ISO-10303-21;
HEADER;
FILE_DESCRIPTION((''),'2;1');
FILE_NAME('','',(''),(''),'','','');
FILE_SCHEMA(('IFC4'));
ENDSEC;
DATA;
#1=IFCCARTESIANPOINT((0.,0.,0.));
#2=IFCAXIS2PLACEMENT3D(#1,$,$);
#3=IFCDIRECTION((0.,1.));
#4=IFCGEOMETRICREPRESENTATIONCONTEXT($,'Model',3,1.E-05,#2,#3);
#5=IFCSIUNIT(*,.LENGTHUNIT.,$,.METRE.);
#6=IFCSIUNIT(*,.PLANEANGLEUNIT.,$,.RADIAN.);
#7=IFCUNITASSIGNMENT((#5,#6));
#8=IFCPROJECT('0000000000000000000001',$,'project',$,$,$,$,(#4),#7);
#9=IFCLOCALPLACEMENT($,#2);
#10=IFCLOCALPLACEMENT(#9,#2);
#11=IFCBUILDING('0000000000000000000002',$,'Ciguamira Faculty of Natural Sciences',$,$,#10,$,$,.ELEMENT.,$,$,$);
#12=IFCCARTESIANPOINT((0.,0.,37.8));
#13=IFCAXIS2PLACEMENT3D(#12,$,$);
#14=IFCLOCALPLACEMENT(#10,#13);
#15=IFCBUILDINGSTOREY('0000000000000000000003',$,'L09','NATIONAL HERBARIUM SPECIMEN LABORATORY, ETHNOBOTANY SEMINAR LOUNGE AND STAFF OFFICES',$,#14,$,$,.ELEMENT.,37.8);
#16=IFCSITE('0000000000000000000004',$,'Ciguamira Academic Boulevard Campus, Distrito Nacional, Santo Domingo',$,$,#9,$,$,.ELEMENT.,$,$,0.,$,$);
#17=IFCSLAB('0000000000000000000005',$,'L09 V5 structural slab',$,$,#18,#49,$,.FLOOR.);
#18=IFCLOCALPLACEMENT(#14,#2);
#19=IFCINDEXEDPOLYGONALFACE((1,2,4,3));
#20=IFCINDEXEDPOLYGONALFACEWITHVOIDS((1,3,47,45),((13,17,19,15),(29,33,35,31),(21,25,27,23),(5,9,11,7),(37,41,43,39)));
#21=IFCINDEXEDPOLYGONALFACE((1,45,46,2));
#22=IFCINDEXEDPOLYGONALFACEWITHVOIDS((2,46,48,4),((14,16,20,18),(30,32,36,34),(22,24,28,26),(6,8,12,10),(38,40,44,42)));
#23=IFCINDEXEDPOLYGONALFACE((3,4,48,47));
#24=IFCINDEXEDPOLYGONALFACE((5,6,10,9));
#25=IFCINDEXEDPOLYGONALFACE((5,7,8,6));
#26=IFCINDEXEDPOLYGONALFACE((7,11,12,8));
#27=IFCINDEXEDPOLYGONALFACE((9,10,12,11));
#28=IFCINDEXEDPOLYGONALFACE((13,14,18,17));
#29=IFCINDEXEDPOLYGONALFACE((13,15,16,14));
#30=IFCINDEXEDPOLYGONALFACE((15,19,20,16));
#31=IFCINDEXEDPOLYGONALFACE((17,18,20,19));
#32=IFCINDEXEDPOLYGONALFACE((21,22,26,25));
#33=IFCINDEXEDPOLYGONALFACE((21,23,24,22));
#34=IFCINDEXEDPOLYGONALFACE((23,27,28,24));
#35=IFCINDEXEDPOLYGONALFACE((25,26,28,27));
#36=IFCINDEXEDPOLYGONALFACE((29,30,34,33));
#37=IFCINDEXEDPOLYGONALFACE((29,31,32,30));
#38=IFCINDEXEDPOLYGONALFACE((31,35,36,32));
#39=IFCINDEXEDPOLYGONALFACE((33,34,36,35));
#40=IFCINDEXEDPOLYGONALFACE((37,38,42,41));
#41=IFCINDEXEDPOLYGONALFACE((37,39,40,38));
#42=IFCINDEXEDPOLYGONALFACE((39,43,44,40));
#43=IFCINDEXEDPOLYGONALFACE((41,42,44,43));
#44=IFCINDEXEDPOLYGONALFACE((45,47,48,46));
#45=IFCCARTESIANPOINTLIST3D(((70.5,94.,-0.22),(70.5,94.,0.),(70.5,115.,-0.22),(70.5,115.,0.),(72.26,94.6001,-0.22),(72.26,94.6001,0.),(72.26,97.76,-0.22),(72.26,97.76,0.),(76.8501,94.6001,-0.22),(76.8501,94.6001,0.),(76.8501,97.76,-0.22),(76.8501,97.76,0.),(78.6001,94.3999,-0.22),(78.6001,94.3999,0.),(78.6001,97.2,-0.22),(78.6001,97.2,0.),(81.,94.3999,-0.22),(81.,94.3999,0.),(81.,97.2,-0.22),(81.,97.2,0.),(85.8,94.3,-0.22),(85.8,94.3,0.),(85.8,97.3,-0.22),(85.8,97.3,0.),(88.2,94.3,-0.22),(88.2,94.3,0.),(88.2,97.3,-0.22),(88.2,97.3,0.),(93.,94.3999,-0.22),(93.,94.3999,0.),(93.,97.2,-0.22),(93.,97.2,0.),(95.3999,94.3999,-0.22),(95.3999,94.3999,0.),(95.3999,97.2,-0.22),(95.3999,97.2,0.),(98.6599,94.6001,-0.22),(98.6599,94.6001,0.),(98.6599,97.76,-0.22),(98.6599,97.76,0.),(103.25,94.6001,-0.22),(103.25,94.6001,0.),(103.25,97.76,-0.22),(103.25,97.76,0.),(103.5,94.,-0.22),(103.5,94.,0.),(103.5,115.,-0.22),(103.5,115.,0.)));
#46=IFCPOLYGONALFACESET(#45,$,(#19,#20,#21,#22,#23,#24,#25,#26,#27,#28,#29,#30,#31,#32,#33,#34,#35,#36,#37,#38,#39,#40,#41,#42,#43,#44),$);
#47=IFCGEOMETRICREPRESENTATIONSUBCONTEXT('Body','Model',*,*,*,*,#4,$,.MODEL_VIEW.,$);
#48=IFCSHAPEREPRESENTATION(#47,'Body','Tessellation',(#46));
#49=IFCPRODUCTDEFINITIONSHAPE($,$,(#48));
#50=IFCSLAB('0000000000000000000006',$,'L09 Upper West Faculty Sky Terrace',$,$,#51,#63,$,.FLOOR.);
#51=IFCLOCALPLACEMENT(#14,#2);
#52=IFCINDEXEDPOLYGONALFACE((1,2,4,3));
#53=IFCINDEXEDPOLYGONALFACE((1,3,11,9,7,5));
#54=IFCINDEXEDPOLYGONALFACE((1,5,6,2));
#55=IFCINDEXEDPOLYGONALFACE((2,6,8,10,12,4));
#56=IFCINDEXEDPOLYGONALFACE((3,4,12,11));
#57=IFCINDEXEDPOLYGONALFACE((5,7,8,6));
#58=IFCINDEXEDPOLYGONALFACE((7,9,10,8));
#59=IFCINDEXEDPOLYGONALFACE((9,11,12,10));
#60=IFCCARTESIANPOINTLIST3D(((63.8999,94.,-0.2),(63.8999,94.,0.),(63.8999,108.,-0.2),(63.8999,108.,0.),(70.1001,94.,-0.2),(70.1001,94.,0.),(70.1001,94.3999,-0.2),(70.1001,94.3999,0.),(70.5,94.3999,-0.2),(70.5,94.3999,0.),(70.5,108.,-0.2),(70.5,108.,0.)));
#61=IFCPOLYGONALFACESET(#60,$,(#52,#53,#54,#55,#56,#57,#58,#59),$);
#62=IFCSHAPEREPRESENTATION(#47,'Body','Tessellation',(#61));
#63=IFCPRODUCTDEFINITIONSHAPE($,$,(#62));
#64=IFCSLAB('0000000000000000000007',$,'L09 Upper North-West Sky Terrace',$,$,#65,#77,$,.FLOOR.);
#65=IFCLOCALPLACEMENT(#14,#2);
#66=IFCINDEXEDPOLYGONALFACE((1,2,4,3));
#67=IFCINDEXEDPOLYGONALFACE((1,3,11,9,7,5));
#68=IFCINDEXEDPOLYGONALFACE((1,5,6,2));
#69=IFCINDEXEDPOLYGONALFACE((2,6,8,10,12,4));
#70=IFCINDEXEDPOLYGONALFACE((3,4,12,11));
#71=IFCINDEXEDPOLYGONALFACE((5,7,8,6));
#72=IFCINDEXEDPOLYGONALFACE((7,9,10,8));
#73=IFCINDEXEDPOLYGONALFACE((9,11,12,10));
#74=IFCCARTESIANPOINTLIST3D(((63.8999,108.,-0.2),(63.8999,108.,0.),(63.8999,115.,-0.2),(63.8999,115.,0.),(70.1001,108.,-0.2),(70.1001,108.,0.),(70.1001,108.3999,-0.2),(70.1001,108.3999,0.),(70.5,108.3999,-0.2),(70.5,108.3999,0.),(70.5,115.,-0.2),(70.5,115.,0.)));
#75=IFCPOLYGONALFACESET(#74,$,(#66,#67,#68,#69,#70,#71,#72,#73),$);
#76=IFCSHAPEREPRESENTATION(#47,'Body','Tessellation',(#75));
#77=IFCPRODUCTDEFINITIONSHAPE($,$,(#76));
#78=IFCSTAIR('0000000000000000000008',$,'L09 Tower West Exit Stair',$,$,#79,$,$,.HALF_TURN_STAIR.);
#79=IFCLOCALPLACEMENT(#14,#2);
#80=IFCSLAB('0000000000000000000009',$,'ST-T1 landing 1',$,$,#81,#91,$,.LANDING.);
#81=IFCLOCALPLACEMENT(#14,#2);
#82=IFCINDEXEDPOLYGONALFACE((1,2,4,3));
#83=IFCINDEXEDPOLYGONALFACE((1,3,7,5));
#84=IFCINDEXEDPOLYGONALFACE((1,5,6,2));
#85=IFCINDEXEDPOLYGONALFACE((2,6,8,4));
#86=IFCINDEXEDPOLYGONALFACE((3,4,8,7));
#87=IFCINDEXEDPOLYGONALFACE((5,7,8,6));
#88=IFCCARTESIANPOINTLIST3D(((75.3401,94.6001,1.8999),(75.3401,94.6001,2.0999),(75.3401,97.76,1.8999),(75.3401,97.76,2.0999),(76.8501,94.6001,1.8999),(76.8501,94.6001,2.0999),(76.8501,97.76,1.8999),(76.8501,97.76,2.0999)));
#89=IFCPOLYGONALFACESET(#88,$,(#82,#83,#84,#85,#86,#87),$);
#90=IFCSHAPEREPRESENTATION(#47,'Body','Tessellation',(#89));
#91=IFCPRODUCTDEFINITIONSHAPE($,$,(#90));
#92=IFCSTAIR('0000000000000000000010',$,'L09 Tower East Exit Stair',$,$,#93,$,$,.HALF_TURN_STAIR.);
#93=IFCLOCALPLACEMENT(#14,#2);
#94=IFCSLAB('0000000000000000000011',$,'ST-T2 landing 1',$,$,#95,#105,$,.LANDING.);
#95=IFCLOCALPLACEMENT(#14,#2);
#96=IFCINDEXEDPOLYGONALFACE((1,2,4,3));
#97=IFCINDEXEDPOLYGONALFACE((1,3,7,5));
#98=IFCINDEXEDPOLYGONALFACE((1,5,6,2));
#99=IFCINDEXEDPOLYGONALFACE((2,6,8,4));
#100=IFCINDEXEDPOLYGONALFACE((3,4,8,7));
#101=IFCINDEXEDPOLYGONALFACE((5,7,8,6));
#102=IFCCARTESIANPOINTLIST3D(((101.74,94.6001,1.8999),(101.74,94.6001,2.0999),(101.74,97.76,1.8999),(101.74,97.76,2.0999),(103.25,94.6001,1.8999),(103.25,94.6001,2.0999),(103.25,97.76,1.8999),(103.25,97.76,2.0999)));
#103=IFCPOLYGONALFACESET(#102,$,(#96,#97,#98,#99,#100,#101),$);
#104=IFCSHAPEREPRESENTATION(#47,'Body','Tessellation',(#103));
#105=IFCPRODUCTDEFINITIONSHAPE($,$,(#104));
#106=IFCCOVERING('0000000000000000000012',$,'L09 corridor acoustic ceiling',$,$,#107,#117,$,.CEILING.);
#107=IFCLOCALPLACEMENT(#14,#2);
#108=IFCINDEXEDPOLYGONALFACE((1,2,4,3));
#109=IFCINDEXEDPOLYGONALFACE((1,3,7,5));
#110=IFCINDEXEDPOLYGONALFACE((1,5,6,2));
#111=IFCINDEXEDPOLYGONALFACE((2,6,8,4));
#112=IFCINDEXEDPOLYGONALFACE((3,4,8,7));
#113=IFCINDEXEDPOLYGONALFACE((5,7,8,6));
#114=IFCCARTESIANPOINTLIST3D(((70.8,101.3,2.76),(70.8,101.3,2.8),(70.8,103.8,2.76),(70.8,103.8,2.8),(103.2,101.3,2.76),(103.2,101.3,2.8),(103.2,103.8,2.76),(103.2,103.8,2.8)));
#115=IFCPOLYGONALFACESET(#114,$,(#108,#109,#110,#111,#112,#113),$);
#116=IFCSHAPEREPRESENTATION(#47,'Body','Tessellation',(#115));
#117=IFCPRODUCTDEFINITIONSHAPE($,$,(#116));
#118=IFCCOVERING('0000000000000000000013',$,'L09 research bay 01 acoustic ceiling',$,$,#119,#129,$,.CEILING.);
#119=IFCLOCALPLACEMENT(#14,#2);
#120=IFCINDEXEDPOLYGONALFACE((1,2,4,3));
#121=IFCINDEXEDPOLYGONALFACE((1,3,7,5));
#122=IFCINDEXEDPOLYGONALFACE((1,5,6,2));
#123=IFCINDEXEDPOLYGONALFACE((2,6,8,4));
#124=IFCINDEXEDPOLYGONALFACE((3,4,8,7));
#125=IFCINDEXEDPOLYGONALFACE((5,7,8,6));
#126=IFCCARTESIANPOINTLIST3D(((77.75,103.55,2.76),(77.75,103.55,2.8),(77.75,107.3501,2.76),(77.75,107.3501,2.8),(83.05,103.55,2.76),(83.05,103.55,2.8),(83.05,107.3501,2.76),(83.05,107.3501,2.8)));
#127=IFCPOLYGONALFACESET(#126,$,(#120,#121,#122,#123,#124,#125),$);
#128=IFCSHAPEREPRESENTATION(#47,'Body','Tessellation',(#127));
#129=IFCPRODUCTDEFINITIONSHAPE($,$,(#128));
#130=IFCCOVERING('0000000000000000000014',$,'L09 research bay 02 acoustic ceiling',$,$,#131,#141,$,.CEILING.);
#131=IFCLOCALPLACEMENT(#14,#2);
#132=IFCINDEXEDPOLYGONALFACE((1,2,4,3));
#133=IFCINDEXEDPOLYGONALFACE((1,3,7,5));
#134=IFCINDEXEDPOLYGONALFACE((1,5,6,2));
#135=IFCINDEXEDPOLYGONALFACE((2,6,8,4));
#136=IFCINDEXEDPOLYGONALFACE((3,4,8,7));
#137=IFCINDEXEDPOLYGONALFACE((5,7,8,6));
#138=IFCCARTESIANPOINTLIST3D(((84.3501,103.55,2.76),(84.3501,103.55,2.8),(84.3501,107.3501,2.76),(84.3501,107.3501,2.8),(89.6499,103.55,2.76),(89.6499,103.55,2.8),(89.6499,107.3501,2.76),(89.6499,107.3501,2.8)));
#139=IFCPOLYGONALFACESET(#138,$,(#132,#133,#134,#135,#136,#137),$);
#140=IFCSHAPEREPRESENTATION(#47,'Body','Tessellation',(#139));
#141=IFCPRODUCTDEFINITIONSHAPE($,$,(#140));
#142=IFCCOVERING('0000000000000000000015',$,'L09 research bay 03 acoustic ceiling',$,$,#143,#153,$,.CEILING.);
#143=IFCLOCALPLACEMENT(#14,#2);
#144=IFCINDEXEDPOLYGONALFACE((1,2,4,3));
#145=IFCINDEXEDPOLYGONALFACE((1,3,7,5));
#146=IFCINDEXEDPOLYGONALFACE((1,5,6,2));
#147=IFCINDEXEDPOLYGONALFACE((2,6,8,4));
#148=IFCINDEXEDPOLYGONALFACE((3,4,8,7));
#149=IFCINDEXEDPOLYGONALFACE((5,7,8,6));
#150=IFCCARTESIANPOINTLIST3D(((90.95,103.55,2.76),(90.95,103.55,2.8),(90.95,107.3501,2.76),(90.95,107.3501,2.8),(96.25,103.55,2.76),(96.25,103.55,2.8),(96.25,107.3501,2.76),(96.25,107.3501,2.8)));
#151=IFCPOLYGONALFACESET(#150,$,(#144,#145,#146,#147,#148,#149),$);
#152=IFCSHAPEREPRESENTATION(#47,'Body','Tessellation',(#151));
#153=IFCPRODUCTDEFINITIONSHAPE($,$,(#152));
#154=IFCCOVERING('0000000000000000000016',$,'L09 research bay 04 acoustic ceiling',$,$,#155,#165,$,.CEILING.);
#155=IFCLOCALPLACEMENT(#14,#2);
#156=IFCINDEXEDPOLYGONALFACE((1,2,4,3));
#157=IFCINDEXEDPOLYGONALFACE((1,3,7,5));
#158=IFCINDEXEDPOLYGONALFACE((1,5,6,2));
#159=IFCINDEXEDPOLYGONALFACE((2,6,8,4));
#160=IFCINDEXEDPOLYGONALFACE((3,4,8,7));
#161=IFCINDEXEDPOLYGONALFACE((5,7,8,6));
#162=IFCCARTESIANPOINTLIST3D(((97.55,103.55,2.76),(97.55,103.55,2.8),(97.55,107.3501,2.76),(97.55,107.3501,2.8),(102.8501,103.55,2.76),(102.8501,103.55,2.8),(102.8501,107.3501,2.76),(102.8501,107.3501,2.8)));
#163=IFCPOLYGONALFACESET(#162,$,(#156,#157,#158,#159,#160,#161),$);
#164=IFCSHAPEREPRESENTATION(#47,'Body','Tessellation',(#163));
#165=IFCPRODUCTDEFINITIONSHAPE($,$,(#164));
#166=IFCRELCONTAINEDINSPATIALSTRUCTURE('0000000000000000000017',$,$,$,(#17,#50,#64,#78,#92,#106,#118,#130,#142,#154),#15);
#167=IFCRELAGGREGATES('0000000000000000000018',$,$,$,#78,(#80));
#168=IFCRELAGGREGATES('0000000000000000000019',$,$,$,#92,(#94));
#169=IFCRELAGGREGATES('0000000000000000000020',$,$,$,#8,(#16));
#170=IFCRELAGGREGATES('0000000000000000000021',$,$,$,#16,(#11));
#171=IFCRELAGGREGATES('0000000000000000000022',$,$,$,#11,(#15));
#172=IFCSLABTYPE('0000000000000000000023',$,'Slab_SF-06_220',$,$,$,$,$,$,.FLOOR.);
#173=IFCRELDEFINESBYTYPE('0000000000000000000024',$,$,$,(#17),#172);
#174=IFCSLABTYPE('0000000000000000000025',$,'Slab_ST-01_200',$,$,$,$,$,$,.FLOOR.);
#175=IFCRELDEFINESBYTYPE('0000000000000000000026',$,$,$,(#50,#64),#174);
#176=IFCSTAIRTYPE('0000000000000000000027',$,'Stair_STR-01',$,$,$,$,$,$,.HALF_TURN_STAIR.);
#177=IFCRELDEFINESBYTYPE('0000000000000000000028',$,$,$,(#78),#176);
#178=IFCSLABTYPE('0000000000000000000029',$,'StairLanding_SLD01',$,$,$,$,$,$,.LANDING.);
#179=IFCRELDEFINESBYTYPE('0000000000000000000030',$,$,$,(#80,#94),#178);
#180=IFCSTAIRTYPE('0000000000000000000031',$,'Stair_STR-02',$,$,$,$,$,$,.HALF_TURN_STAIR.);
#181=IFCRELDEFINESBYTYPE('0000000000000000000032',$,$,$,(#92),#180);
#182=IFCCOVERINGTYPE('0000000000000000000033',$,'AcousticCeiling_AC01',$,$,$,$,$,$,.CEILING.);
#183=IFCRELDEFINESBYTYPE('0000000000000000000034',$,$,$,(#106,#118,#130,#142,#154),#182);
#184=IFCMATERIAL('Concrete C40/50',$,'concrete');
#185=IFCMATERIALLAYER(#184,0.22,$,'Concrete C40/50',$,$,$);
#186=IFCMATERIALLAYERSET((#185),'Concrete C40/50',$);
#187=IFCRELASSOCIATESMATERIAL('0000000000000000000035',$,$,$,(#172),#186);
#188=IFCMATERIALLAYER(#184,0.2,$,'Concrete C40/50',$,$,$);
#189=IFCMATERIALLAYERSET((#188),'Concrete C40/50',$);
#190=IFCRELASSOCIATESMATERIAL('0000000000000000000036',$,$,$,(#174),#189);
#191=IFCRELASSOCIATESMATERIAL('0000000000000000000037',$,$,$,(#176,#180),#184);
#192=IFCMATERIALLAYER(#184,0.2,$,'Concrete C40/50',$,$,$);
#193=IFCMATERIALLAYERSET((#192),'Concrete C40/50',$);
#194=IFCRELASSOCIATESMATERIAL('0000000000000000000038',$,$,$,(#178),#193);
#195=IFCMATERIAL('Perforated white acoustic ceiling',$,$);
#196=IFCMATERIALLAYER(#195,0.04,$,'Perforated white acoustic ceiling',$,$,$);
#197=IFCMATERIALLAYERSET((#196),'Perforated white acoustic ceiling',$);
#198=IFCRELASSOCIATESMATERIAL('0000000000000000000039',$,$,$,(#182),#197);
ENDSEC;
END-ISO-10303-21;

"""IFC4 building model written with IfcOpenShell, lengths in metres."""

from ifc_helpers import new_model, si_unit, direction, frame, origin, place, context, subcontext, project, spatial, polyline, outline, extrude, material, layer, layer_set, type_object, element, aggregate, save


model = new_model("IFC4")

# Units and contexts
model_context = context("Model", 3, precision=1e-05, world=origin(), true_north=direction((0.0, 1.0)))
body_context = subcontext(model_context, "Body", "Model", "MODEL_VIEW")
ifc_project = project(units=[si_unit("LENGTHUNIT", "METRE"), si_unit("PLANEANGLEUNIT", "RADIAN")], contexts=[model_context])

# Site, building, storey
site_placement = place(None, origin())
site = spatial("IfcSite", under=ifc_project, at=site_placement, Name="Ciguamira Academic Boulevard Campus, Distrito Nacional, Santo Domingo", CompositionType="ELEMENT", RefElevation=0.0)
building_placement = place(site_placement, origin())
building = spatial("IfcBuilding", under=site, at=building_placement, Name="Ciguamira Faculty of Natural Sciences", CompositionType="ELEMENT")
storey_placement = place(building_placement, frame((0.0, 0.0, 37.8)))
storey = spatial("IfcBuildingStorey", under=building, at=storey_placement, Name="L09", Description="NATIONAL HERBARIUM SPECIMEN LABORATORY, ETHNOBOTANY SEMINAR LOUNGE AND STAFF OFFICES", CompositionType="ELEMENT", Elevation=37.8)

# Shared definitions
ifc_material_1 = material(Name="Concrete C40/50", Category="concrete")

# Slabs
ifc_layer_1 = layer(ifc_material_1, 0.22, Name="Concrete C40/50")
ifc_layer_set_1 = layer_set([ifc_layer_1], Name="Concrete C40/50")
slab_type_1 = type_object("IfcSlabType", Name="Slab_SF-06_220", PredefinedType="FLOOR", material=ifc_layer_set_1)
slab_1_placement = place(storey_placement, frame((0.0, 0.0, -0.22)))
element("IfcSlab", 1, at=slab_1_placement, inside=storey, type_object=slab_type_1, Name="L09 V5 structural slab", PredefinedType="FLOOR", context=body_context, shape_type="SweptSolid", body=[
    extrude(outline(polyline([(70.5, 94.0), (103.5, 94.0), (103.5, 115.0), (70.5, 115.0), (70.5, 94.0)]), holes=[polyline([(72.26, 94.6001), (76.8501, 94.6001), (76.8501, 97.76), (72.26, 97.76), (72.26, 94.6001)]), polyline([(98.6599, 94.6001), (103.25, 94.6001), (103.25, 97.76), (98.6599, 97.76), (98.6599, 94.6001)]), polyline([(78.6001, 94.3999), (81.0, 94.3999), (81.0, 97.2), (78.6001, 97.2), (78.6001, 94.3999)]), polyline([(93.0, 94.3999), (95.3999, 94.3999), (95.3999, 97.2), (93.0, 97.2), (93.0, 94.3999)]), polyline([(85.8, 94.3), (88.2, 94.3), (88.2, 97.3), (85.8, 97.3), (85.8, 94.3)])]), origin(), (0.0, 0.0, 1.0), 0.22),
])
ifc_layer_2 = layer(ifc_material_1, 0.2, Name="Concrete C40/50")
ifc_layer_set_2 = layer_set([ifc_layer_2], Name="Concrete C40/50")
slab_type_2 = type_object("IfcSlabType", Name="Slab_ST-01_200", PredefinedType="FLOOR", material=ifc_layer_set_2)
slab_2_placement = place(storey_placement, frame((0.0, 0.0, -0.2)))
element("IfcSlab", 2, at=slab_2_placement, inside=storey, type_object=slab_type_2, Name="L09 Upper West Faculty Sky Terrace", PredefinedType="FLOOR", context=body_context, shape_type="SweptSolid", body=[
    extrude(outline(polyline([(63.8999, 94.0), (70.1001, 94.0), (70.1001, 94.3999), (70.5, 94.3999), (70.5, 108.0), (63.8999, 108.0), (63.8999, 94.0)])), origin(), (0.0, 0.0, 1.0), 0.2),
])
slab_3_placement = place(storey_placement, frame((0.0, 0.0, -0.2)))
element("IfcSlab", 3, at=slab_3_placement, inside=storey, type_object=slab_type_2, Name="L09 Upper North-West Sky Terrace", PredefinedType="FLOOR", context=body_context, shape_type="SweptSolid", body=[
    extrude(outline(polyline([(63.8999, 108.0), (70.1001, 108.0), (70.1001, 108.3999), (70.5, 108.3999), (70.5, 115.0), (63.8999, 115.0), (63.8999, 108.0)])), origin(), (0.0, 0.0, 1.0), 0.2),
])

# Stairs, slabs
stair_type_1 = type_object("IfcStairType", Name="Stair_STR-01", PredefinedType="HALF_TURN_STAIR", material=ifc_material_1)
stair_1_placement = place(storey_placement, origin())
stair_1 = element("IfcStair", 4, at=stair_1_placement, inside=storey, type_object=stair_type_1, Name="L09 Tower West Exit Stair", PredefinedType="HALF_TURN_STAIR")
ifc_layer_3 = layer(ifc_material_1, 0.2, Name="Concrete C40/50")
ifc_layer_set_3 = layer_set([ifc_layer_3], Name="Concrete C40/50")
slab_type_3 = type_object("IfcSlabType", Name="StairLanding_SLD01", PredefinedType="LANDING", material=ifc_layer_set_3)
slab_4_placement = place(storey_placement, frame((0.0, 0.0, 1.8999)))
slab_4 = element("IfcSlab", 5, at=slab_4_placement, type_object=slab_type_3, Name="ST-T1 landing 1", PredefinedType="LANDING", context=body_context, shape_type="SweptSolid", body=[
    extrude(outline(polyline([(75.3401, 94.6001), (76.8501, 94.6001), (76.8501, 97.76), (75.3401, 97.76), (75.3401, 94.6001)])), origin(), (0.0, 0.0, 1.0), 0.2),
])
aggregate(stair_1, [slab_4])
stair_type_2 = type_object("IfcStairType", Name="Stair_STR-02", PredefinedType="HALF_TURN_STAIR", material=ifc_material_1)
stair_2_placement = place(storey_placement, origin())
stair_2 = element("IfcStair", 6, at=stair_2_placement, inside=storey, type_object=stair_type_2, Name="L09 Tower East Exit Stair", PredefinedType="HALF_TURN_STAIR")
slab_5_placement = place(storey_placement, frame((0.0, 0.0, 1.8999)))
slab_5 = element("IfcSlab", 7, at=slab_5_placement, type_object=slab_type_3, Name="ST-T2 landing 1", PredefinedType="LANDING", context=body_context, shape_type="SweptSolid", body=[
    extrude(outline(polyline([(101.74, 94.6001), (103.25, 94.6001), (103.25, 97.76), (101.74, 97.76), (101.74, 94.6001)])), origin(), (0.0, 0.0, 1.0), 0.2),
])
aggregate(stair_2, [slab_5])

# Coverings
ifc_material_2 = material(Name="Perforated white acoustic ceiling")
ifc_layer_4 = layer(ifc_material_2, 0.04, Name="Perforated white acoustic ceiling")
ifc_layer_set_4 = layer_set([ifc_layer_4], Name="Perforated white acoustic ceiling")
covering_type = type_object("IfcCoveringType", Name="AcousticCeiling_AC01", PredefinedType="CEILING", material=ifc_layer_set_4)
covering_1_placement = place(storey_placement, frame((0.0, 0.0, 2.76)))
element("IfcCovering", 8, at=covering_1_placement, inside=storey, type_object=covering_type, Name="L09 corridor acoustic ceiling", PredefinedType="CEILING", context=body_context, shape_type="SweptSolid", body=[
    extrude(outline(polyline([(70.8, 101.3), (103.2, 101.3), (103.2, 103.8), (70.8, 103.8), (70.8, 101.3)])), origin(), (0.0, 0.0, 1.0), 0.04),
])
covering_2_placement = place(storey_placement, frame((0.0, 0.0, 2.76)))
element("IfcCovering", 9, at=covering_2_placement, inside=storey, type_object=covering_type, Name="L09 research bay 01 acoustic ceiling", PredefinedType="CEILING", context=body_context, shape_type="SweptSolid", body=[
    extrude(outline(polyline([(77.75, 103.55), (83.05, 103.55), (83.05, 107.3501), (77.75, 107.3501), (77.75, 103.55)])), origin(), (0.0, 0.0, 1.0), 0.04),
])
covering_3_placement = place(storey_placement, frame((0.0, 0.0, 2.76)))
element("IfcCovering", 10, at=covering_3_placement, inside=storey, type_object=covering_type, Name="L09 research bay 02 acoustic ceiling", PredefinedType="CEILING", context=body_context, shape_type="SweptSolid", body=[
    extrude(outline(polyline([(84.3501, 103.55), (89.6499, 103.55), (89.6499, 107.3501), (84.3501, 107.3501), (84.3501, 103.55)])), origin(), (0.0, 0.0, 1.0), 0.04),
])
covering_4_placement = place(storey_placement, frame((0.0, 0.0, 2.76)))
element("IfcCovering", 11, at=covering_4_placement, inside=storey, type_object=covering_type, Name="L09 research bay 03 acoustic ceiling", PredefinedType="CEILING", context=body_context, shape_type="SweptSolid", body=[
    extrude(outline(polyline([(90.95, 103.55), (96.25, 103.55), (96.25, 107.3501), (90.95, 107.3501), (90.95, 103.55)])), origin(), (0.0, 0.0, 1.0), 0.04),
])
covering_5_placement = place(storey_placement, frame((0.0, 0.0, 2.76)))
element("IfcCovering", 12, at=covering_5_placement, inside=storey, type_object=covering_type, Name="L09 research bay 04 acoustic ceiling", PredefinedType="CEILING", context=body_context, shape_type="SweptSolid", body=[
    extrude(outline(polyline([(97.55, 103.55), (102.8501, 103.55), (102.8501, 107.3501), (97.55, 107.3501), (97.55, 103.55)])), origin(), (0.0, 0.0, 1.0), 0.04),
])

save(model, "model.ifc")
